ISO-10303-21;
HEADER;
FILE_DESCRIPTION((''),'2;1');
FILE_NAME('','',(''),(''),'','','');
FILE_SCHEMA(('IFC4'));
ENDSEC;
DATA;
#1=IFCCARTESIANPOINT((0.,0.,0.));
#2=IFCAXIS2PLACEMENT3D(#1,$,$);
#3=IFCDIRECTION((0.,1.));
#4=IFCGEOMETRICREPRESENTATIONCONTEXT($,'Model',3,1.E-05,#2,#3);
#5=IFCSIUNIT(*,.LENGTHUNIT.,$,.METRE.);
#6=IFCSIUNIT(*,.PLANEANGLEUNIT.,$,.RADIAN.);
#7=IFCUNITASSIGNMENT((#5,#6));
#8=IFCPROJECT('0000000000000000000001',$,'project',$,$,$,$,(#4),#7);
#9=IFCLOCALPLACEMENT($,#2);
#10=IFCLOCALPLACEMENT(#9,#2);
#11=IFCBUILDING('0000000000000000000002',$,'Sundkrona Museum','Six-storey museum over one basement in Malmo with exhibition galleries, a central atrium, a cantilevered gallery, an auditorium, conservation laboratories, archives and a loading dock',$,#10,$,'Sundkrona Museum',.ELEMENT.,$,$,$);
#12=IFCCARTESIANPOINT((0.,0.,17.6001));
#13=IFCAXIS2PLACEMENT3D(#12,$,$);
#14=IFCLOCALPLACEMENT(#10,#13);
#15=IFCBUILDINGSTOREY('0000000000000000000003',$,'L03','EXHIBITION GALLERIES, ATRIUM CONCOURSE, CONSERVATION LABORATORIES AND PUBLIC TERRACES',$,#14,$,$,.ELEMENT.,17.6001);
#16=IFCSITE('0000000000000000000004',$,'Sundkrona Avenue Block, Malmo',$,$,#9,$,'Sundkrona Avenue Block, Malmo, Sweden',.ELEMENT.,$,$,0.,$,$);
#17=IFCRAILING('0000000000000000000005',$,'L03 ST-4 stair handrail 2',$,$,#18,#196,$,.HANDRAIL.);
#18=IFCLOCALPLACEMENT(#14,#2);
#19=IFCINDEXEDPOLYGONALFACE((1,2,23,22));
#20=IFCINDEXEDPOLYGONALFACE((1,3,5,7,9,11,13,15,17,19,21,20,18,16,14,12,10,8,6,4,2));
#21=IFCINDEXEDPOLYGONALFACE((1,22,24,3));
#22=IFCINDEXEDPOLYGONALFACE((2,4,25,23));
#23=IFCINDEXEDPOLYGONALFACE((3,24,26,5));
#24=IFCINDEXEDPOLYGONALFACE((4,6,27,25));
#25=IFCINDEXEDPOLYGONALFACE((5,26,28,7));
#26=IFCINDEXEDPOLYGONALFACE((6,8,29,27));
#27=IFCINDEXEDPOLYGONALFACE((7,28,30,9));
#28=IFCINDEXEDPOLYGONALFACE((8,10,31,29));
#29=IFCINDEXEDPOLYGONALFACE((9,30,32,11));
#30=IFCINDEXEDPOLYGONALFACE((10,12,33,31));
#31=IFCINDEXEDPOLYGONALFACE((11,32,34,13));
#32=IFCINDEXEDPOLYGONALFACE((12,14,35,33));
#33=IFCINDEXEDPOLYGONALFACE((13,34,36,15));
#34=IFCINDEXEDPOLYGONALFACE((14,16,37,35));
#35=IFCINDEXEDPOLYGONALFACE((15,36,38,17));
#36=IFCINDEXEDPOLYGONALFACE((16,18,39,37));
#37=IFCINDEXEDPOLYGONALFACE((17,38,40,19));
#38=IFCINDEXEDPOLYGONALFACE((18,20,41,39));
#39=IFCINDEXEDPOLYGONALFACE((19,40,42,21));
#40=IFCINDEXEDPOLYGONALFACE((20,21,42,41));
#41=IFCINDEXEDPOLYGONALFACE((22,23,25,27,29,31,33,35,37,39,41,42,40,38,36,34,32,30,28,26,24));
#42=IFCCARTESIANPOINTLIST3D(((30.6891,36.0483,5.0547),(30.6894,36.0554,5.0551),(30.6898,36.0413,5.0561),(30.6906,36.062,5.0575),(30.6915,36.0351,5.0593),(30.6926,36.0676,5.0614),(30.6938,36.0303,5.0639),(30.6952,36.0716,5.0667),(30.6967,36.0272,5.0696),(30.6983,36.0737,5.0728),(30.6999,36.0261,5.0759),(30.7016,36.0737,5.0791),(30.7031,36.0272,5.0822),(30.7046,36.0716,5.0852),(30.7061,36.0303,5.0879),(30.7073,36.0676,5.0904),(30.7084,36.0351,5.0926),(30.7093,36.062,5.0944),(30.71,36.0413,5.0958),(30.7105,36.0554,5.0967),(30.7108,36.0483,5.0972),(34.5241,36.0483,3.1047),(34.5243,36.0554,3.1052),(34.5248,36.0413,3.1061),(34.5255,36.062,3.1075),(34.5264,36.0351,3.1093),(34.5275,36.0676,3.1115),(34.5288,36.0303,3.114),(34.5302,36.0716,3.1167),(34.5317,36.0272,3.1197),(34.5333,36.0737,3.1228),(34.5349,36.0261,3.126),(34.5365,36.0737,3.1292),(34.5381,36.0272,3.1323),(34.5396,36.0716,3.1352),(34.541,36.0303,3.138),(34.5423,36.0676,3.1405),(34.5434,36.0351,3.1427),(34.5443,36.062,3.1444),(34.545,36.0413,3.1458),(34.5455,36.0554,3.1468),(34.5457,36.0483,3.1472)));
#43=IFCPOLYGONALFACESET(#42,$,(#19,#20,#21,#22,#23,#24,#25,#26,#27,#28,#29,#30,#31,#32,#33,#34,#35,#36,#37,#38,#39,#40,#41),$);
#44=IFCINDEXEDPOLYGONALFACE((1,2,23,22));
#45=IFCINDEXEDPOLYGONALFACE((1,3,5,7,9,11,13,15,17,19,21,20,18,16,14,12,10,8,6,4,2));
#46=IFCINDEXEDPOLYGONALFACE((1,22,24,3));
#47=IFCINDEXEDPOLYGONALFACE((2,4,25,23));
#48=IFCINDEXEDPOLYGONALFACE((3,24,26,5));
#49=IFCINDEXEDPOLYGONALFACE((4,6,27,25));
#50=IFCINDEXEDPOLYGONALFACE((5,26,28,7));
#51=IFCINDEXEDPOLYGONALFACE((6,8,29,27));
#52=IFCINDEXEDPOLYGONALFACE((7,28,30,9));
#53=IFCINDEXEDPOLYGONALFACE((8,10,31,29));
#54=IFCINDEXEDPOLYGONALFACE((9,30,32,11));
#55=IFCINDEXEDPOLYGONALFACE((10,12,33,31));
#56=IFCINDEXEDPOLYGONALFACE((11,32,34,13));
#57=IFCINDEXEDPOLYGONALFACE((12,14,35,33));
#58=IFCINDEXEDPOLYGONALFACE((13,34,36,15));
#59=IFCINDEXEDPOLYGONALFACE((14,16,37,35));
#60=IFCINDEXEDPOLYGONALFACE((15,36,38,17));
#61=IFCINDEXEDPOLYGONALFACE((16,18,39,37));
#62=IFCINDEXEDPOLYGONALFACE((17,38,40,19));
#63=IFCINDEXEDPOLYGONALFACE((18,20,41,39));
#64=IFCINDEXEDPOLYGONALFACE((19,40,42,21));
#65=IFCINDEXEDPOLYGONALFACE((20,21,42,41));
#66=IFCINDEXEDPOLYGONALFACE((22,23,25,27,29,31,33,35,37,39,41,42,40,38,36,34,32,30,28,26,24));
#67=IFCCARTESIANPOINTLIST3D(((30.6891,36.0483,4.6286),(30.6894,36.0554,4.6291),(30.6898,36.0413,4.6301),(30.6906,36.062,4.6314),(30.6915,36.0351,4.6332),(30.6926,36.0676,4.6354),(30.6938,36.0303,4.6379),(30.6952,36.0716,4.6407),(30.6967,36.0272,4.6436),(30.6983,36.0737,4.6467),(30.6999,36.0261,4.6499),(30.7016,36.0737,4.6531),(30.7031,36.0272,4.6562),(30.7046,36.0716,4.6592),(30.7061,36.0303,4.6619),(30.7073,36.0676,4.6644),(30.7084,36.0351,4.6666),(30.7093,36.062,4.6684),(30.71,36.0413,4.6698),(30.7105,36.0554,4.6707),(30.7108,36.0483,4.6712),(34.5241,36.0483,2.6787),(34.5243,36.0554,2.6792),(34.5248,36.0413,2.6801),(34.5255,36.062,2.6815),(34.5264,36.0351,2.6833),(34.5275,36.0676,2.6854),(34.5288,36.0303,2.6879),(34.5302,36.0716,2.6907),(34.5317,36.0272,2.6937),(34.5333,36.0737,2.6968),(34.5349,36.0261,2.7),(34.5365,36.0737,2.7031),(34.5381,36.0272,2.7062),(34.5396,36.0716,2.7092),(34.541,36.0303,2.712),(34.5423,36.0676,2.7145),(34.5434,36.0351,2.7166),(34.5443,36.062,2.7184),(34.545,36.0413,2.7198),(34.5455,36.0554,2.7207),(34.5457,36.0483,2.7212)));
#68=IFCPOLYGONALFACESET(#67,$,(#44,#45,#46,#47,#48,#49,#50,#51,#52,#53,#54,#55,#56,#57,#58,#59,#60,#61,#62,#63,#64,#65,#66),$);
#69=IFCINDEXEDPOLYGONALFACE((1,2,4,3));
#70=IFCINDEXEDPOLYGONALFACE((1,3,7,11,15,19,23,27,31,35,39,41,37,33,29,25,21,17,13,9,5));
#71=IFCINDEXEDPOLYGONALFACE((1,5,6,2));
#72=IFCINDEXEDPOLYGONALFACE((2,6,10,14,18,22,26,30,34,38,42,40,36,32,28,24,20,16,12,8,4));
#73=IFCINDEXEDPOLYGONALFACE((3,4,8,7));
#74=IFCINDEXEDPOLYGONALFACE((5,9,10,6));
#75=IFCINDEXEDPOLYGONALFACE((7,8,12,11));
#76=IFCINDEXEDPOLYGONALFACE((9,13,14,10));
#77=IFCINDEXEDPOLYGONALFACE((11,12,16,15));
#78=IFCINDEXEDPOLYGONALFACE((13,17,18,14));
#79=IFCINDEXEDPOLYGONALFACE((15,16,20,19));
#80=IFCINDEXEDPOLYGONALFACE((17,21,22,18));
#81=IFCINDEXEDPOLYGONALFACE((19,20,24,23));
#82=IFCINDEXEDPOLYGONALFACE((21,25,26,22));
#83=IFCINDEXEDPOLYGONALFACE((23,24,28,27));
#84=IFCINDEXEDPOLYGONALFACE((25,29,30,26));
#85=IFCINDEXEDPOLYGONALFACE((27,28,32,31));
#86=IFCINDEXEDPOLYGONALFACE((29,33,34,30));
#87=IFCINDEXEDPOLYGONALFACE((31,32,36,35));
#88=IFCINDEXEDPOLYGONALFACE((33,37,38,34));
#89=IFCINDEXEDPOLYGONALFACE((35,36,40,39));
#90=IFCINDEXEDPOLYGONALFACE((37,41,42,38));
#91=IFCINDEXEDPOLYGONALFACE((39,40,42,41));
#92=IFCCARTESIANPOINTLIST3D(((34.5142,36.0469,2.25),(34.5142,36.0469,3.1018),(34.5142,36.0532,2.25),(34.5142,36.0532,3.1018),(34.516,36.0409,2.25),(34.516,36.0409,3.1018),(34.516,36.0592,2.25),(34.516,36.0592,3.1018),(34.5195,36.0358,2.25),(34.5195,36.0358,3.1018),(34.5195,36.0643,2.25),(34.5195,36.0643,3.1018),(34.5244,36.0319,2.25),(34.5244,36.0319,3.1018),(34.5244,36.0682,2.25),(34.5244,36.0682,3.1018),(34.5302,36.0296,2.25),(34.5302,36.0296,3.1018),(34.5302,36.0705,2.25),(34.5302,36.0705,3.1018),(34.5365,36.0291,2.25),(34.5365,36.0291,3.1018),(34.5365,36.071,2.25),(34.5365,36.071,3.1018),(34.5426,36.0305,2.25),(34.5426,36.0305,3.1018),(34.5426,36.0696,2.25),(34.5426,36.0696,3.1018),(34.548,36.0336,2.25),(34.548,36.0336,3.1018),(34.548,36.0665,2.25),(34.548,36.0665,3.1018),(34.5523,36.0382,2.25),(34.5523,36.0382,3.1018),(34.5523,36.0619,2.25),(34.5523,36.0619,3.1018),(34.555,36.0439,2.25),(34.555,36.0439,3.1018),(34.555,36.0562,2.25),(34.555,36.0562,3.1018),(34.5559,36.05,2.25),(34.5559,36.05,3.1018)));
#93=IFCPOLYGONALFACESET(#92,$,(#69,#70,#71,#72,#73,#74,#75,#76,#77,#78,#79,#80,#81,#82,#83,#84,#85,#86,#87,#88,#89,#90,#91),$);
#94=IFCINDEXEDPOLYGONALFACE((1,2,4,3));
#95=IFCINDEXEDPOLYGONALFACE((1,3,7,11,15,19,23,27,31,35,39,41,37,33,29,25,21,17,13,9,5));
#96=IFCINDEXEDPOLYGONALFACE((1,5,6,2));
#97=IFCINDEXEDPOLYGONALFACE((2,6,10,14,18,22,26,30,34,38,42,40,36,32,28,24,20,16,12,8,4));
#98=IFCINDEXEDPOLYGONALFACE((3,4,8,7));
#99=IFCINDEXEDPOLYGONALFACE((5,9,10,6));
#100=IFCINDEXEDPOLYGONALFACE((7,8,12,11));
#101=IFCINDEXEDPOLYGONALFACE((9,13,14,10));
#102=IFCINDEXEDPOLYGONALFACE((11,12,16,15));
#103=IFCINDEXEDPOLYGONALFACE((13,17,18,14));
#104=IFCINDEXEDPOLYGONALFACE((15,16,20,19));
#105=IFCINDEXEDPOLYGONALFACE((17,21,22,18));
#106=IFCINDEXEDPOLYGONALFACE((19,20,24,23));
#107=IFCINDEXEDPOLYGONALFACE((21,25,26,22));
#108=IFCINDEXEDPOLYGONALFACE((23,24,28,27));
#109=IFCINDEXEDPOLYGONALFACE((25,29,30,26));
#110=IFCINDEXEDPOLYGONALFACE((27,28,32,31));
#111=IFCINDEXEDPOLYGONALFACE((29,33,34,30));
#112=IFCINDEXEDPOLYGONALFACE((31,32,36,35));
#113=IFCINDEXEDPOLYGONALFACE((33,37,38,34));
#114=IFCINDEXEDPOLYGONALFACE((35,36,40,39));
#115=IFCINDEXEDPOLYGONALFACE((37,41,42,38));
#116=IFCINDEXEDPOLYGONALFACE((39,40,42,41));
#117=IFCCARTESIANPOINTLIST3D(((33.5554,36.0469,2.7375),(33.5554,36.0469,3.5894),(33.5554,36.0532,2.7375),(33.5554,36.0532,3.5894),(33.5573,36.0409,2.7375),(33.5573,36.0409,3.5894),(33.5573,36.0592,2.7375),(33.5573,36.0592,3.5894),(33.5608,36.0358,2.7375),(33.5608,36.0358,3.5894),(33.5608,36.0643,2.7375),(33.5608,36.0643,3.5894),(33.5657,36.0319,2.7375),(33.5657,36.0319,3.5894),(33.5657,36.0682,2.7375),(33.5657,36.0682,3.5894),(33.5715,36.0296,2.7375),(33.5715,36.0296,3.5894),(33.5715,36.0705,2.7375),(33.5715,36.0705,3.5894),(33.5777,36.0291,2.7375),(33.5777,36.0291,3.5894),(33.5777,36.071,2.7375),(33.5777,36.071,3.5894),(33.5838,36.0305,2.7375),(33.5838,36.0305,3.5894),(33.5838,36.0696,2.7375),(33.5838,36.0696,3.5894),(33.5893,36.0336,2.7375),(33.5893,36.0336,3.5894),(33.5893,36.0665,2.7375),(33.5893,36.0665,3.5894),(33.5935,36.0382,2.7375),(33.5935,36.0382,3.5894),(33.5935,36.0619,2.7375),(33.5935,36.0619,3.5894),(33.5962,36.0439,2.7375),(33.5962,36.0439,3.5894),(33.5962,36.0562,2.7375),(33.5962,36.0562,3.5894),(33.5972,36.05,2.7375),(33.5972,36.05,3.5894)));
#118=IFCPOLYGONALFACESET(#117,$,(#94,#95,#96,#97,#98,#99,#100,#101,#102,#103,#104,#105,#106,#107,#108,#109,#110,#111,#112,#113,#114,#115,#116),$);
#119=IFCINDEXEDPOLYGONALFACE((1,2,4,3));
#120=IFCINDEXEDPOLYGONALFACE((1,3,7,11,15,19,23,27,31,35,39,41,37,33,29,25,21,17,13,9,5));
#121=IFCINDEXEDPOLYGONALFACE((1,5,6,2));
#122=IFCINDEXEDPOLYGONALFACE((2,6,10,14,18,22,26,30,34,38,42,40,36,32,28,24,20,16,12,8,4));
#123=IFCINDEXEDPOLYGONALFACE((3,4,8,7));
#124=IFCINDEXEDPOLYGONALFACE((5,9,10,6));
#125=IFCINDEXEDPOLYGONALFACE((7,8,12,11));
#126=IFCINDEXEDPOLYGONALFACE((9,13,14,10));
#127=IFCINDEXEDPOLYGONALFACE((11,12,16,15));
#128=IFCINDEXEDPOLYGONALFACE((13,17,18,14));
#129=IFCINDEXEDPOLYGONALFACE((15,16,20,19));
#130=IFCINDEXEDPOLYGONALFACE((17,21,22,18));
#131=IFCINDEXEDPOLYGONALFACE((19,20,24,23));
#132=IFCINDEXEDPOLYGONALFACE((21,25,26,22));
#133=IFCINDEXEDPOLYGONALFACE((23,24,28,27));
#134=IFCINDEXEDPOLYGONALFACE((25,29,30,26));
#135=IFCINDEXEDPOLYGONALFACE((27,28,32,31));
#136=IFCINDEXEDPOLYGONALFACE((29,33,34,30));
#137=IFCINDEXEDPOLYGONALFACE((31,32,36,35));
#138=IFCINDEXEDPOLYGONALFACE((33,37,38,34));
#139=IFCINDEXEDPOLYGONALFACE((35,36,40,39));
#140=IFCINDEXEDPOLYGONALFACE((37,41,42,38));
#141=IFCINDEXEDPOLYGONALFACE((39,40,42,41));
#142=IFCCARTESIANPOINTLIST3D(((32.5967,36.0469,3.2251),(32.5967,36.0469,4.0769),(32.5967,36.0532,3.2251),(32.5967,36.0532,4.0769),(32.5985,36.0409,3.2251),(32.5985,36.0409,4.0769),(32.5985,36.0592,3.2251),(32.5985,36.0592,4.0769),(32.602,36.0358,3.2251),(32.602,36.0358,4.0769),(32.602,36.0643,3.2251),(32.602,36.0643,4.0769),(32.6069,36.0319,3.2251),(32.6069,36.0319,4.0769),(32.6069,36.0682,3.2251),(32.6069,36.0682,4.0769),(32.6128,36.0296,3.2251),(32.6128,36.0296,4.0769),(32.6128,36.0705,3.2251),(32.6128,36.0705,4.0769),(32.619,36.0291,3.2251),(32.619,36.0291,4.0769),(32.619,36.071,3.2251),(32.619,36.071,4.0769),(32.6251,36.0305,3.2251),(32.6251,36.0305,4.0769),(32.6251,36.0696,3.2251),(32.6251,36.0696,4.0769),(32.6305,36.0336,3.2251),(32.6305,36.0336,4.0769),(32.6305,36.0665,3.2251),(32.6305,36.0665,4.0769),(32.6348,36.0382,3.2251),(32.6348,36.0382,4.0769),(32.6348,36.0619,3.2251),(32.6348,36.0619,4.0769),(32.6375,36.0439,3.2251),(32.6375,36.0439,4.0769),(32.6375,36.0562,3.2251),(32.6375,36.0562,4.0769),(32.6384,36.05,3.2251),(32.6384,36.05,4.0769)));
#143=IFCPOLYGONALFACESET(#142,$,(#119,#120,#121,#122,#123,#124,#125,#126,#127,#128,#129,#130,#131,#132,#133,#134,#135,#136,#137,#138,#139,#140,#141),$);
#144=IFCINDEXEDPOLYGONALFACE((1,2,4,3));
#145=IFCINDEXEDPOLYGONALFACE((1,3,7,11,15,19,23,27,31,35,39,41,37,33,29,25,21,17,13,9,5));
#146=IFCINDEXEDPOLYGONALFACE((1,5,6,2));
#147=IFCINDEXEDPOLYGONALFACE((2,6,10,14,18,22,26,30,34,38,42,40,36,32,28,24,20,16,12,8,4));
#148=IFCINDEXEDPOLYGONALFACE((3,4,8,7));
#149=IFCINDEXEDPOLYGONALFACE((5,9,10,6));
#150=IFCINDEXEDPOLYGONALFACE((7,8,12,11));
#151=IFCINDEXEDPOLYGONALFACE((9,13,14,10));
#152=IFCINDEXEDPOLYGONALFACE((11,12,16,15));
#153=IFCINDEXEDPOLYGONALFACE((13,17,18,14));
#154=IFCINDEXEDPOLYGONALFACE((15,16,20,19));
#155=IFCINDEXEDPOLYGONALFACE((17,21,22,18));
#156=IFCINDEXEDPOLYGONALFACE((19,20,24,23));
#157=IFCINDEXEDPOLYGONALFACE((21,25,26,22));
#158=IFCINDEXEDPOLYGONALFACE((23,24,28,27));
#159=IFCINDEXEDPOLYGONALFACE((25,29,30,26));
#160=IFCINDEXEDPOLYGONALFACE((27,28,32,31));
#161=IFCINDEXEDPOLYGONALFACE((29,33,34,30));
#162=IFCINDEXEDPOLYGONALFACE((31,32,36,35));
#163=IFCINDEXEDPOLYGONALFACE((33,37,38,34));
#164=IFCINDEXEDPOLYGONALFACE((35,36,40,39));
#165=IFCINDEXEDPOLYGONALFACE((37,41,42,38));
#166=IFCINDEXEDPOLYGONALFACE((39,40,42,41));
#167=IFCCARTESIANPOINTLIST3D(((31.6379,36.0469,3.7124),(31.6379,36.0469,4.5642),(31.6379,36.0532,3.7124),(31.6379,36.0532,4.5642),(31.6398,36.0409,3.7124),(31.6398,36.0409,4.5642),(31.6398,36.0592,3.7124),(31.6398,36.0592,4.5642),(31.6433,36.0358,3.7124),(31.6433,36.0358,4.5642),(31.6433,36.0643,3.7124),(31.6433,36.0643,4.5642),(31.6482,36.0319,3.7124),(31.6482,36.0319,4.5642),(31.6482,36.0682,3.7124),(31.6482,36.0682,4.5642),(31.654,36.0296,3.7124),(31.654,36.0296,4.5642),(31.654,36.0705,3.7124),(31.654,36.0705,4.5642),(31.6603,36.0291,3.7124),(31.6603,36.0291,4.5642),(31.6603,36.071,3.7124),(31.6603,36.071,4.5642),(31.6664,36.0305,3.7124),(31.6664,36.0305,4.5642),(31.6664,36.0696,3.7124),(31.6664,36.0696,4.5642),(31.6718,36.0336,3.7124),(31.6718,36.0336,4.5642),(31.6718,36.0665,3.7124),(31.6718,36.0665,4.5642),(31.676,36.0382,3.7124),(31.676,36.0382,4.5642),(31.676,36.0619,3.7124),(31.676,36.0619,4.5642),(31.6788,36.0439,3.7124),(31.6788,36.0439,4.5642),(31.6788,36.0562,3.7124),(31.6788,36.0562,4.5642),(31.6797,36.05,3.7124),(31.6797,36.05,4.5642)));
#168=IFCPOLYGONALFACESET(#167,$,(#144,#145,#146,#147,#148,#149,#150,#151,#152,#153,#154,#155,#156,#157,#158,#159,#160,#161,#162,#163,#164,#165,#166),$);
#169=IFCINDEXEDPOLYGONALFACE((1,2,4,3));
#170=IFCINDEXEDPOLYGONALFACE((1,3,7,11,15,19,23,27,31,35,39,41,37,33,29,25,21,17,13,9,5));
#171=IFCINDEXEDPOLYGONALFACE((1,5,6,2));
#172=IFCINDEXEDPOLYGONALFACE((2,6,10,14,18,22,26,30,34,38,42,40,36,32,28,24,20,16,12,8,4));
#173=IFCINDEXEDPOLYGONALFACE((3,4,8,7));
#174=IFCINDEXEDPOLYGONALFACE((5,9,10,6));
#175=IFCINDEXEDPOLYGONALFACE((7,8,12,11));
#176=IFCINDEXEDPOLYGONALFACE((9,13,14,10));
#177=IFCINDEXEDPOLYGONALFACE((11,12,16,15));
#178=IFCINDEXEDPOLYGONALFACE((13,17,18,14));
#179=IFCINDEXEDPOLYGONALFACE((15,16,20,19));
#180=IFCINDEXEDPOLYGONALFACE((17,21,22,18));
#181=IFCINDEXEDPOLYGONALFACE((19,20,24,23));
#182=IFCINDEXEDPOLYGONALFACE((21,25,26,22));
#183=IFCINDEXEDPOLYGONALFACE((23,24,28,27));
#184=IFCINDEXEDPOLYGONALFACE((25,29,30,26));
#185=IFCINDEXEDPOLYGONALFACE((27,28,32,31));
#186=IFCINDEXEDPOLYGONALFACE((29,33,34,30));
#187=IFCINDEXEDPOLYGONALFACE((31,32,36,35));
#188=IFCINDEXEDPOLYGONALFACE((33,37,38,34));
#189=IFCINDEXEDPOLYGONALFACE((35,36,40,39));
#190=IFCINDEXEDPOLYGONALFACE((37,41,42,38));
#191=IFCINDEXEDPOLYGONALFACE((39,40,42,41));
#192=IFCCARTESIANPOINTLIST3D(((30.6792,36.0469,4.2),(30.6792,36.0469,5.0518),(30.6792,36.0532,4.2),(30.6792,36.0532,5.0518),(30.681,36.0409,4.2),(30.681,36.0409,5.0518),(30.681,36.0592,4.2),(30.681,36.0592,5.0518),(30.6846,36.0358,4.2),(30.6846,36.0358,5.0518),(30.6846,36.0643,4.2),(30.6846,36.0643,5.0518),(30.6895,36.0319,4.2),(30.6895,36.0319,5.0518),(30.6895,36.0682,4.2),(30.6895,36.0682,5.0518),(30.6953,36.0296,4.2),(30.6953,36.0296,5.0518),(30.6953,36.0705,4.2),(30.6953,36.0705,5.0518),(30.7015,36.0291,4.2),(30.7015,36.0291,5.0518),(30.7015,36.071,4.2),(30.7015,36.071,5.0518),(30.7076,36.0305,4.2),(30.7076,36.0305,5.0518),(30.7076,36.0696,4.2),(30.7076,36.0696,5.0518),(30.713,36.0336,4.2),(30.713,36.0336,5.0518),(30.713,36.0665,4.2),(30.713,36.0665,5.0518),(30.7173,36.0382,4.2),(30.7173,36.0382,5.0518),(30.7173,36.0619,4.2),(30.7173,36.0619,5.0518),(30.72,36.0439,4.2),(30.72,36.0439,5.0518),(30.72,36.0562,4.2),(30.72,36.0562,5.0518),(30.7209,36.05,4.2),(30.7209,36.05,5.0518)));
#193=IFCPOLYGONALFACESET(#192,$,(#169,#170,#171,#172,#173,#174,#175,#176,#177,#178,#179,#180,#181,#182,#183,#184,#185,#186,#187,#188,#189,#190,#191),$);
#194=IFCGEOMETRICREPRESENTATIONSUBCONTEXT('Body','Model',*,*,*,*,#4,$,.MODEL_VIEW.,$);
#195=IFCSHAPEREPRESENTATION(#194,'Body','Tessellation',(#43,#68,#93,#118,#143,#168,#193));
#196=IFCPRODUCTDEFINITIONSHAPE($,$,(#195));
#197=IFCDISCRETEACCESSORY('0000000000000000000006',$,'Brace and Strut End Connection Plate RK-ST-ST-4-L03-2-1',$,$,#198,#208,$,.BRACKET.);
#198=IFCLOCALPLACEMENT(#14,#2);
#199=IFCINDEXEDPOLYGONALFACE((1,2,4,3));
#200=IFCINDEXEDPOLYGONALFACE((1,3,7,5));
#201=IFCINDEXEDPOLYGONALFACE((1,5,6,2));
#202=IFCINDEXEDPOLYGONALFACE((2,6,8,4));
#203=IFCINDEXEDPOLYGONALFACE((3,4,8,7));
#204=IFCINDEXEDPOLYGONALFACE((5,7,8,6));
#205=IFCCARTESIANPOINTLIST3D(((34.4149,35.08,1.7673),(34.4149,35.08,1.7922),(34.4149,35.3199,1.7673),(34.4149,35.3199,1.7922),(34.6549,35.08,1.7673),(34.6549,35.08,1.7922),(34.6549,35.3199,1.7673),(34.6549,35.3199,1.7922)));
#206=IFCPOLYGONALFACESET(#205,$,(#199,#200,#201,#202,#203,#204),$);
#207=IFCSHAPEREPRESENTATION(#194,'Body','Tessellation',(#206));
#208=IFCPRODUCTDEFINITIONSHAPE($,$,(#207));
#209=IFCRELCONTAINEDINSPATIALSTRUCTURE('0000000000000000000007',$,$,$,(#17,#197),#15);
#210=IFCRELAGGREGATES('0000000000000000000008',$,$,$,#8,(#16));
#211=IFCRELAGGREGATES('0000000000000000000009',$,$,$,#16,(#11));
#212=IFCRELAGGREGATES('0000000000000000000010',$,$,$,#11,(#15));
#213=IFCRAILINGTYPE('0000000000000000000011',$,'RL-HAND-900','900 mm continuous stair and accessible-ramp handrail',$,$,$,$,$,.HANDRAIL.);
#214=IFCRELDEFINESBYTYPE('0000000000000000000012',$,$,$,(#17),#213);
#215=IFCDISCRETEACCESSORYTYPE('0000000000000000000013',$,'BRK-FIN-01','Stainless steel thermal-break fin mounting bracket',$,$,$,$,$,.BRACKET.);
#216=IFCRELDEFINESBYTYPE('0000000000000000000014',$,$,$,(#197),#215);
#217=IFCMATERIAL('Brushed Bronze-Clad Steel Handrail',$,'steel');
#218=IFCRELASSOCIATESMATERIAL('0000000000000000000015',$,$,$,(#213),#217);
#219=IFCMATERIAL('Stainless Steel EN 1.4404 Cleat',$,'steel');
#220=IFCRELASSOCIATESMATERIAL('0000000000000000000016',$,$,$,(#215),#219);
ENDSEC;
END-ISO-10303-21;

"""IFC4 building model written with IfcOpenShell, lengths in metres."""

from ifc_helpers import new_model, si_unit, direction, frame, origin, origin_2d, place, context, subcontext, project, spatial, rectangle, circle, extrude, material, type_object, element, save


model = new_model("IFC4")

# Units and contexts
model_context = context("Model", 3, precision=1e-05, world=origin(), true_north=direction((0.0, 1.0)))
body_context = subcontext(model_context, "Body", "Model", "MODEL_VIEW")
ifc_project = project(units=[si_unit("LENGTHUNIT", "METRE"), si_unit("PLANEANGLEUNIT", "RADIAN")], contexts=[model_context])

# Site, building, storey
site_placement = place(None, origin())
site = spatial("IfcSite", under=ifc_project, at=site_placement, Name="Sundkrona Avenue Block, Malmo", LongName="Sundkrona Avenue Block, Malmo, Sweden", CompositionType="ELEMENT", RefElevation=0.0)
building_placement = place(site_placement, origin())
building = spatial("IfcBuilding", under=site, at=building_placement, Name="Sundkrona Museum", Description="Six-storey museum over one basement in Malmo with exhibition galleries, a central atrium, a cantilevered gallery, an auditorium, conservation laboratories, archives and a loading dock", LongName="Sundkrona Museum", CompositionType="ELEMENT")
storey_placement = place(building_placement, frame((0.0, 0.0, 17.6001)))
storey = spatial("IfcBuildingStorey", under=building, at=storey_placement, Name="L03", Description="EXHIBITION GALLERIES, ATRIUM CONCOURSE, CONSERVATION LABORATORIES AND PUBLIC TERRACES", CompositionType="ELEMENT", Elevation=17.6001)

# Railing
ifc_material_1 = material(Name="Brushed Bronze-Clad Steel Handrail", Category="steel")
railing_type_1 = type_object("IfcRailingType", Name="RL-HAND-900", Description="900 mm continuous stair and accessible-ramp handrail", PredefinedType="HANDRAIL", material=ifc_material_1)
railing_1_placement = place(storey_placement, frame((34.5349, 36.05, 2.25)))
element("IfcRailing", 1, at=railing_1_placement, inside=storey, type_object=railing_type_1, Name="L03 ST-4 stair handrail 2", PredefinedType="HANDRAIL", context=body_context, shape_type="SweptSolid", body=[
    extrude(circle(Radius=0.0239, at=origin_2d()), frame((0.0, 0.0, 0.876), z_axis=(-0.891388, 0.0, 0.453241), x_axis=(0.0, -1.0, 0.0)), (0.0, 0.0, 1.0), 4.3022),
    extrude(circle(Radius=0.0239, at=origin_2d()), frame((0.0, 0.0, 0.45), z_axis=(-0.891388, 0.0, 0.453241), x_axis=(0.0, -1.0, 0.0)), (0.0, 0.0, 1.0), 4.3022),
    extrude(circle(Radius=0.021, at=origin_2d()), origin(), (0.0, 0.0, 1.0), 0.8518),
    extrude(circle(Radius=0.021, at=origin_2d()), frame((-0.9587, 0.0, 0.4875)), (0.0, 0.0, 1.0), 0.8518),
    extrude(circle(Radius=0.021, at=origin_2d()), frame((-1.9175, 0.0, 0.9751)), (0.0, 0.0, 1.0), 0.8518),
    extrude(circle(Radius=0.021, at=origin_2d()), frame((-2.8762, 0.0, 1.4624)), (0.0, 0.0, 1.0), 0.8518),
    extrude(circle(Radius=0.021, at=origin_2d()), frame((-3.835, 0.0, 1.95)), (0.0, 0.0, 1.0), 0.8518),
])

# Discrete accessory
ifc_material_2 = material(Name="Stainless Steel EN 1.4404 Cleat", Category="steel")
discrete_accessory_type = type_object("IfcDiscreteAccessoryType", Name="BRK-FIN-01", Description="Stainless steel thermal-break fin mounting bracket", PredefinedType="BRACKET", material=ifc_material_2)
discrete_accessory_placement = place(storey_placement, frame((34.5349, 35.2, 1.7673), z_axis=(0.0, 0.0, 1.0), x_axis=(1.0, 0.0, 0.0)))
element("IfcDiscreteAccessory", 2, at=discrete_accessory_placement, inside=storey, type_object=discrete_accessory_type, Name="Brace and Strut End Connection Plate RK-ST-ST-4-L03-2-1", PredefinedType="BRACKET", context=body_context, shape_type="SweptSolid", body=[
    extrude(rectangle(XDim=0.24, YDim=0.24, at=origin_2d()), origin(), (0.0, 0.0, 1.0), 0.0249),
])

save(model, "model.ifc")
